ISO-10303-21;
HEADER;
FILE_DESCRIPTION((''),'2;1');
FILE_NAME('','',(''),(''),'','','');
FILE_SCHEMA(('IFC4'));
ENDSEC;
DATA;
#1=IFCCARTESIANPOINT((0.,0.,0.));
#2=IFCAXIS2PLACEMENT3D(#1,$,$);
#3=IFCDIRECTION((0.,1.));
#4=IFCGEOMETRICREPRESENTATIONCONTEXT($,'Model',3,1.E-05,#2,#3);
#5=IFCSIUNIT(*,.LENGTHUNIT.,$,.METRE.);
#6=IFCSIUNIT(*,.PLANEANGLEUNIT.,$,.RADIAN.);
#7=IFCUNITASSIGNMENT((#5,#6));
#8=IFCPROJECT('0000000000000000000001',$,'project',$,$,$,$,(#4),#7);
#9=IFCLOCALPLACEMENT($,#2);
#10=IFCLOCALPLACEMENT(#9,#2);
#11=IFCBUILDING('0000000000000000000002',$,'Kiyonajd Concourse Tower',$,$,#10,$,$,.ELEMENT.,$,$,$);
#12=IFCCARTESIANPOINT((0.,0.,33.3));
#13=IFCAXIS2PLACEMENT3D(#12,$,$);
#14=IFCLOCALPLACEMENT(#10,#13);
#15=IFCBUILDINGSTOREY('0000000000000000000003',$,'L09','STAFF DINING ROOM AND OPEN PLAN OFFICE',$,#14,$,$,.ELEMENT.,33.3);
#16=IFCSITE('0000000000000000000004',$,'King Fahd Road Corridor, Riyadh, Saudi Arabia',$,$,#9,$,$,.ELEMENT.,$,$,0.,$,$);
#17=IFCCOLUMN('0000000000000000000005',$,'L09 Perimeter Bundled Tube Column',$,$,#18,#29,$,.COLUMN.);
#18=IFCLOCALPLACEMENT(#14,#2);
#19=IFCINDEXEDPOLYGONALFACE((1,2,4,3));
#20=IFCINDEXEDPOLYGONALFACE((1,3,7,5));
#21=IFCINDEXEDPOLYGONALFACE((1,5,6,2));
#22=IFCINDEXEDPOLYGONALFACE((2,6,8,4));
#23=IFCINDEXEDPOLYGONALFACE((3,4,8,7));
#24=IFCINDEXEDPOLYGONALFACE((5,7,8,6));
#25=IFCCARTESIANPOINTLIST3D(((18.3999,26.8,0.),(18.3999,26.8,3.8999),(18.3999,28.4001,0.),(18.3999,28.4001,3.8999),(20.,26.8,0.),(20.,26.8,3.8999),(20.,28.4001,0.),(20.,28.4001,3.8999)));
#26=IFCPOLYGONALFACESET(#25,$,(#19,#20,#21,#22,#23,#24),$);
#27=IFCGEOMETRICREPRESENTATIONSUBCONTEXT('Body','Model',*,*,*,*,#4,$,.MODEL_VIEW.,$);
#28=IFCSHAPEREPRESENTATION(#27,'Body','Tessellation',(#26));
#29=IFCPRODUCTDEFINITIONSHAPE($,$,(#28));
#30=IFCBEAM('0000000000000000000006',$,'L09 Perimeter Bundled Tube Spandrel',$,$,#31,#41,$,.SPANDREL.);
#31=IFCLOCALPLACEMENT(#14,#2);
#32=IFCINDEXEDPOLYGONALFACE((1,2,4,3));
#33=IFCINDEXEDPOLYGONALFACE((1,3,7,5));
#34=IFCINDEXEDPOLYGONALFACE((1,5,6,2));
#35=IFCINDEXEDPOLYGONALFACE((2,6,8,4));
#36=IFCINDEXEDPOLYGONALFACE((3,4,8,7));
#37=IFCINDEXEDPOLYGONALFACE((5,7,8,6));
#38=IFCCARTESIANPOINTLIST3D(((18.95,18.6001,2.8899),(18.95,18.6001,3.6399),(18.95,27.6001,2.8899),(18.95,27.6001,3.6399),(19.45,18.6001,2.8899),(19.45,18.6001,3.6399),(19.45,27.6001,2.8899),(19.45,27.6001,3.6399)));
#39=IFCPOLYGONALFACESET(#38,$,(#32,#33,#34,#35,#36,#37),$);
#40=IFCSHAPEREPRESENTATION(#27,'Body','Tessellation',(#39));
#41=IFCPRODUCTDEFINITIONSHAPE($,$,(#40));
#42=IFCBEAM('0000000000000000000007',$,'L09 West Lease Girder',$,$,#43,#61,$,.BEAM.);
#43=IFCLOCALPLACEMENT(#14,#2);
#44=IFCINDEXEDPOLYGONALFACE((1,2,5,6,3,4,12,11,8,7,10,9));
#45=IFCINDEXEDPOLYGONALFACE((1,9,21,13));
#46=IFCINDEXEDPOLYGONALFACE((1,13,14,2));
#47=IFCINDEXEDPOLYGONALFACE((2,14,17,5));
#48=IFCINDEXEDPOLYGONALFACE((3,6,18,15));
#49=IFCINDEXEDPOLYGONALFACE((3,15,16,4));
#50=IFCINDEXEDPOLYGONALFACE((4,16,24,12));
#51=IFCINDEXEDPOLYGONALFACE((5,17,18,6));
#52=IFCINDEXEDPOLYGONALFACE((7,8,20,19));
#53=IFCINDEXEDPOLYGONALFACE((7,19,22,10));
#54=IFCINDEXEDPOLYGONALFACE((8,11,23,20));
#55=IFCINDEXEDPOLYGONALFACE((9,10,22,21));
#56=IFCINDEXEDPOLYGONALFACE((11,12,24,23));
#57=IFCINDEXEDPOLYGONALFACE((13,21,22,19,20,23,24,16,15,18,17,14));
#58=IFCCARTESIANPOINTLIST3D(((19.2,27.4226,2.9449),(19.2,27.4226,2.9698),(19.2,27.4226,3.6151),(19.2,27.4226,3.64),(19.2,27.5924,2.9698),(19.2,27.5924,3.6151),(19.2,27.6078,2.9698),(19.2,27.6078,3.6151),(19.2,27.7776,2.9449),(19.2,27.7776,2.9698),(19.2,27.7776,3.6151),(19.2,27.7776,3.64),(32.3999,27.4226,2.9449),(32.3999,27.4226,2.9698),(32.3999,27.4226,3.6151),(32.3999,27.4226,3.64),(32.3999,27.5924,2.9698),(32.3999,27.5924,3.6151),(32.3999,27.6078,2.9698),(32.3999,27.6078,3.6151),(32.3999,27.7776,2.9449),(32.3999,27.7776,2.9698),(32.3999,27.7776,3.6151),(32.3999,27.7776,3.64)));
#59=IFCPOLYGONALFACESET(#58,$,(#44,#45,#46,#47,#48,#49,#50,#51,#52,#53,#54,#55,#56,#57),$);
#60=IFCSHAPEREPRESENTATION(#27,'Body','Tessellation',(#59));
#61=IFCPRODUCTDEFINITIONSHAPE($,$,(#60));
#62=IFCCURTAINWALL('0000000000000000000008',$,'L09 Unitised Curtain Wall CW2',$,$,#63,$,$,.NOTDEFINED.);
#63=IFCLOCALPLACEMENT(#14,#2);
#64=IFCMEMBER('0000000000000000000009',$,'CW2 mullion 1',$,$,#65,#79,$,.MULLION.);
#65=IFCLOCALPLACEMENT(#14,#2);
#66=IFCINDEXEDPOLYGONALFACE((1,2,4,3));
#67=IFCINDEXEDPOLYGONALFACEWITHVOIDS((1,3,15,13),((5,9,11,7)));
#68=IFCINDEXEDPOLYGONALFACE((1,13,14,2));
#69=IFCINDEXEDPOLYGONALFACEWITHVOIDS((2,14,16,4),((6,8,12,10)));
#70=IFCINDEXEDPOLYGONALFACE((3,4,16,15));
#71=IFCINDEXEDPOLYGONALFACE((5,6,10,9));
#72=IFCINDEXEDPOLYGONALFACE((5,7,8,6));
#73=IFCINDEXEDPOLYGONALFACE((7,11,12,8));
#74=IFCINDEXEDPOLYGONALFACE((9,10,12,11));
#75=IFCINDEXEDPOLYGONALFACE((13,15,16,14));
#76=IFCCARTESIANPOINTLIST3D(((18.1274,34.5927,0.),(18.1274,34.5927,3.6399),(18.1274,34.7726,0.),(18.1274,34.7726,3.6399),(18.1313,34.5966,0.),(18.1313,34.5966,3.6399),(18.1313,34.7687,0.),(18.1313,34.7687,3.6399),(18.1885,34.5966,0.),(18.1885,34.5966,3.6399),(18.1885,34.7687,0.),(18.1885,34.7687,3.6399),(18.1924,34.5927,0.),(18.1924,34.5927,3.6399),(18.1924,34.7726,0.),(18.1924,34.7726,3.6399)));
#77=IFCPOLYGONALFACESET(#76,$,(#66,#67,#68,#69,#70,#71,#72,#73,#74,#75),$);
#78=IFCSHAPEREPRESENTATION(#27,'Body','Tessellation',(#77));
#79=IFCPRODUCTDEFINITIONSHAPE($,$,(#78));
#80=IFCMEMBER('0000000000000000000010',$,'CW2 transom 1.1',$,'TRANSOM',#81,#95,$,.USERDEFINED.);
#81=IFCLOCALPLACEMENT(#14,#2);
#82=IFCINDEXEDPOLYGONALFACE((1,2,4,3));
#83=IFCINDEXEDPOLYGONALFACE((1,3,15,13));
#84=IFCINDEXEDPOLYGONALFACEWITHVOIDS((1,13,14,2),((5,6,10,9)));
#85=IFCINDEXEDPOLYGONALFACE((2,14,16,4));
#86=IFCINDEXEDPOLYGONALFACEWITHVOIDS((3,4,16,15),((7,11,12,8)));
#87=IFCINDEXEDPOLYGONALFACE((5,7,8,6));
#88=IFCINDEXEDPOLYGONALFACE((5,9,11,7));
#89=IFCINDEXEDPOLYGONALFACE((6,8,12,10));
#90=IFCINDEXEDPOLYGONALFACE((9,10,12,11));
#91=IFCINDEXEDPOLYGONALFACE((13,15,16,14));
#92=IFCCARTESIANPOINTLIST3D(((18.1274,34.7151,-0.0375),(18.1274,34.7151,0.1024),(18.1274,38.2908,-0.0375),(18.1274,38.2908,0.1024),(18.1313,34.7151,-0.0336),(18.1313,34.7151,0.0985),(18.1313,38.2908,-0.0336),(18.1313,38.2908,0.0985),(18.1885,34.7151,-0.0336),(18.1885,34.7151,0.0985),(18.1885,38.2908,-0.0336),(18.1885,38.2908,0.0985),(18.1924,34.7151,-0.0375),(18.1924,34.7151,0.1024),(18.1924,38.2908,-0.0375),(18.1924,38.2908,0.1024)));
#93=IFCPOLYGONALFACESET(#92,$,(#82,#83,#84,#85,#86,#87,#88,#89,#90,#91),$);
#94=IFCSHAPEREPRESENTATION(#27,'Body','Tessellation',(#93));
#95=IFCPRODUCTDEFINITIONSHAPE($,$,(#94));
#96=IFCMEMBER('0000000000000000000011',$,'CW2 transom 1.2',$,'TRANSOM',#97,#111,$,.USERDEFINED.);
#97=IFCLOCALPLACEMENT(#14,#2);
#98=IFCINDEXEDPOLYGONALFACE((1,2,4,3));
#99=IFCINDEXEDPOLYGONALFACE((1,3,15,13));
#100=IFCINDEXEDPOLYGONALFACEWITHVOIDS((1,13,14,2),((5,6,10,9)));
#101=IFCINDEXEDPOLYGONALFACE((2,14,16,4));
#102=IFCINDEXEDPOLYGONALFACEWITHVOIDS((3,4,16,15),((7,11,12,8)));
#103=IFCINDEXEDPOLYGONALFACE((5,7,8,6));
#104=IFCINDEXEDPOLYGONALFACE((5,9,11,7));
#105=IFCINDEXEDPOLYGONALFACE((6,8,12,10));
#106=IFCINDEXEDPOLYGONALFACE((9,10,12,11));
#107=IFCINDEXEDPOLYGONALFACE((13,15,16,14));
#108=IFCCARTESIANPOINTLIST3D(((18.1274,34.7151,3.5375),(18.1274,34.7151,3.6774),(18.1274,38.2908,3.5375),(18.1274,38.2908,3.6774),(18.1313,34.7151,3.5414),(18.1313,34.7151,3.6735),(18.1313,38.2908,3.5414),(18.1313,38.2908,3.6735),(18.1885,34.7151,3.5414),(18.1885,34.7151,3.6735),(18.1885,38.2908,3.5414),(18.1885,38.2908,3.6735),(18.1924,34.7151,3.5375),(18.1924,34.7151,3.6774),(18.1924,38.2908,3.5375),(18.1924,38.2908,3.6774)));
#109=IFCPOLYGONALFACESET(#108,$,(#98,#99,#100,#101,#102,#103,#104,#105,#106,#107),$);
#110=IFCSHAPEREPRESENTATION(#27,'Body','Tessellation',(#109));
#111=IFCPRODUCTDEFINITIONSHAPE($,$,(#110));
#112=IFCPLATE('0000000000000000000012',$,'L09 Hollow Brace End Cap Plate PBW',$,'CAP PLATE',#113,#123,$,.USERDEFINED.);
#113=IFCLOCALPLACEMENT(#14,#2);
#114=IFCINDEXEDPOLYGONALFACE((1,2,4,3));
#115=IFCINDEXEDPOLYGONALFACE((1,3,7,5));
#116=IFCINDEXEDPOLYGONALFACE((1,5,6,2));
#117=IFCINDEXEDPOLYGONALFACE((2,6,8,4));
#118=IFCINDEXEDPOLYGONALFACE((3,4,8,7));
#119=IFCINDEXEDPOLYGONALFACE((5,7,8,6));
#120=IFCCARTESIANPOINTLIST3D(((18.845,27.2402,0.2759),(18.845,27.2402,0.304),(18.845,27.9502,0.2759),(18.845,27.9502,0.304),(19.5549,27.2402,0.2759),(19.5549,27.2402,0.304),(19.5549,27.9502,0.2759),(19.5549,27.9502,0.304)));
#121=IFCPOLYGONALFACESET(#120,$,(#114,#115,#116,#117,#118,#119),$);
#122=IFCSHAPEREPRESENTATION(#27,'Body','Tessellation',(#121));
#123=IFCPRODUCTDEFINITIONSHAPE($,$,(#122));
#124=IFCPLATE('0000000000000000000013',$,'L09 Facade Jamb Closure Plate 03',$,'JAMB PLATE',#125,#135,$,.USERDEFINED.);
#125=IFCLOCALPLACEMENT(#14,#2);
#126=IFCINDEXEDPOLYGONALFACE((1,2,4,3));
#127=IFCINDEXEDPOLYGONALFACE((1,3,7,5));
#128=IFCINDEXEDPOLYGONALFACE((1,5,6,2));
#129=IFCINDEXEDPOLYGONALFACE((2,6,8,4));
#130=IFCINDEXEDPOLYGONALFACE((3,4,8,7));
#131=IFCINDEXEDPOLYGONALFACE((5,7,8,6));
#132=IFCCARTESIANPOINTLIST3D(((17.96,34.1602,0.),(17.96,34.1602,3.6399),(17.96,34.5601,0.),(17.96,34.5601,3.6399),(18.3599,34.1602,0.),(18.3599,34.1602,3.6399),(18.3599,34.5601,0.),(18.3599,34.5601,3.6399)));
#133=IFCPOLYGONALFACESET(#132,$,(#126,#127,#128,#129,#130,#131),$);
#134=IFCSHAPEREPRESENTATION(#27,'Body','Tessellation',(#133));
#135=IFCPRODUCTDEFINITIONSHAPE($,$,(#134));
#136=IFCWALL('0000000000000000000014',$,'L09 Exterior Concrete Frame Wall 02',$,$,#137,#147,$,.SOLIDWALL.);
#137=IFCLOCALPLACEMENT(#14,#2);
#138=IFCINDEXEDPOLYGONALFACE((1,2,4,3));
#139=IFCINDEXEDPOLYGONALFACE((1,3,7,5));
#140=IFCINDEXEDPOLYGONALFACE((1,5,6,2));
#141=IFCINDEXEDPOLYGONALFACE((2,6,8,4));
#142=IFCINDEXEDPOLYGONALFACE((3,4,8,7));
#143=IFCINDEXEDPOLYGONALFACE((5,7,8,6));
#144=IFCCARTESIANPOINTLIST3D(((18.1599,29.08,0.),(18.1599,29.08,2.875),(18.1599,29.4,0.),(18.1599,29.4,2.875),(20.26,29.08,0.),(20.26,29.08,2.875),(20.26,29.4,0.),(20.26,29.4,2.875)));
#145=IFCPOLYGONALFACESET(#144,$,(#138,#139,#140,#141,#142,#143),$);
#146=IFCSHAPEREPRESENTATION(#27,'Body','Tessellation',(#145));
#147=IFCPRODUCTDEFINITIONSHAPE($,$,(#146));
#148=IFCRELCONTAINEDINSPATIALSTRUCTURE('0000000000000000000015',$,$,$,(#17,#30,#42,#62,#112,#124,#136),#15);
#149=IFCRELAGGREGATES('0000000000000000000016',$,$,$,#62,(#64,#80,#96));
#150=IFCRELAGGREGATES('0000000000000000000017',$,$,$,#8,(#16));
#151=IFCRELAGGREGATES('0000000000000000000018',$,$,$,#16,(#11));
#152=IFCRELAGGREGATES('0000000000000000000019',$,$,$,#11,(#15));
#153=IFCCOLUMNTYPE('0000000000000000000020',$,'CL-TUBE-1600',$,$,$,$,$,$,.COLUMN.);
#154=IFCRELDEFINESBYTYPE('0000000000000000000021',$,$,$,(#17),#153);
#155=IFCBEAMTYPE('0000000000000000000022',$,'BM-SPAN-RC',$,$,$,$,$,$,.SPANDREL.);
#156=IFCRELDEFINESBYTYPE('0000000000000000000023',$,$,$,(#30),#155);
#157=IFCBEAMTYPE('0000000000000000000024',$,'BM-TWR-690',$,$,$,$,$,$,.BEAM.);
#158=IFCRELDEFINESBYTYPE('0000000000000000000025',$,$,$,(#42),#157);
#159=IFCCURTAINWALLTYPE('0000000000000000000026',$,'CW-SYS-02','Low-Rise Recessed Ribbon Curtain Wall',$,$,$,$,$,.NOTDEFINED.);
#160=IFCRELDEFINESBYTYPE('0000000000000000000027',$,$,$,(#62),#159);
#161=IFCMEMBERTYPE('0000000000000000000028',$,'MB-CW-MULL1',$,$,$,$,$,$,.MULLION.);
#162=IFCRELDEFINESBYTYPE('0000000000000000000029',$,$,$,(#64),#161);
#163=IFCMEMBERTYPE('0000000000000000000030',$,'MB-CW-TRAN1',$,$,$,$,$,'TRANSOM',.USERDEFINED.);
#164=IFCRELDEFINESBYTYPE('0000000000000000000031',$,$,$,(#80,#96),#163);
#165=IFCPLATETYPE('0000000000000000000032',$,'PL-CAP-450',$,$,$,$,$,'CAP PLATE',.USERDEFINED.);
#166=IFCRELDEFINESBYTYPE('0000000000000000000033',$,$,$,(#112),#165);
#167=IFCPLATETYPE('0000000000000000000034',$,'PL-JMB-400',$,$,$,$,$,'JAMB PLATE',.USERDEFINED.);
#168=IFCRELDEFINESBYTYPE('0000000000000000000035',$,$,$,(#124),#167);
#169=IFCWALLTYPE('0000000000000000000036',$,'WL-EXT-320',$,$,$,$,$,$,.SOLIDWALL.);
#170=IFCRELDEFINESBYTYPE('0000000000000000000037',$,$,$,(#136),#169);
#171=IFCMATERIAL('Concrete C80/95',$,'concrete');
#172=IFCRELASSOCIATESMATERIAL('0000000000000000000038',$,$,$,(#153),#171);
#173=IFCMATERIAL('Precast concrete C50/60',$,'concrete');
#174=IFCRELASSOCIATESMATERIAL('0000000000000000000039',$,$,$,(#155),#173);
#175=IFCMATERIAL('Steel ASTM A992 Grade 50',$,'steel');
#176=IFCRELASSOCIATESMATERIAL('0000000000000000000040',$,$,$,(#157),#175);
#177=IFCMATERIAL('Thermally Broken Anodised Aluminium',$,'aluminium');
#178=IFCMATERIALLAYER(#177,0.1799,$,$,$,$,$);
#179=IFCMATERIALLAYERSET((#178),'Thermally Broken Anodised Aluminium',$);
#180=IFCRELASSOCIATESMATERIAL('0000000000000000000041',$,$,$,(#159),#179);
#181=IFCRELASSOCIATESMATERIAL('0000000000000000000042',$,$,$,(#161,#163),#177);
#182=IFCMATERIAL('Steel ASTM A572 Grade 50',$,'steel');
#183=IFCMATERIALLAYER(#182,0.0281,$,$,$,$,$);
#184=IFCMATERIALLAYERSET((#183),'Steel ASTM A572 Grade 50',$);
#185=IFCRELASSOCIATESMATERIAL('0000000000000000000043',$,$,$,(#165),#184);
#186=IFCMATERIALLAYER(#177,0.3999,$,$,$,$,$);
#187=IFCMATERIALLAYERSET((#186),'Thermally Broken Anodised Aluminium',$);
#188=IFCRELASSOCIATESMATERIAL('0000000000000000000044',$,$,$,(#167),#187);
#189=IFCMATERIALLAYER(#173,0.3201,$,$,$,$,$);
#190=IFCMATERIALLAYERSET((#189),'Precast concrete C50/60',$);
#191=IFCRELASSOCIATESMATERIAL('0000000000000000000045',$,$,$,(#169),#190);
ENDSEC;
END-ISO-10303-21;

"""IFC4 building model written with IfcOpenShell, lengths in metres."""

from ifc_helpers import new_model, si_unit, direction, frame, frame_2d, origin, origin_2d, place, context, subcontext, project, spatial, rectangle, hollow_rectangle, i_section, extrude, material, layer, layer_set, material_profile, profile_set, type_object, element, aggregate, save


model = new_model("IFC4")

# Units and contexts
model_context = context("Model", 3, precision=1e-05, world=origin(), true_north=direction((0.0, 1.0)))
body_context = subcontext(model_context, "Body", "Model", "MODEL_VIEW")
ifc_project = project(units=[si_unit("LENGTHUNIT", "METRE"), si_unit("PLANEANGLEUNIT", "RADIAN")], contexts=[model_context])

# Site, building, storey
site_placement = place(None, origin())
site = spatial("IfcSite", under=ifc_project, at=site_placement, Name="King Fahd Road Corridor, Riyadh, Saudi Arabia", CompositionType="ELEMENT", RefElevation=0.0)
building_placement = place(site_placement, origin())
building = spatial("IfcBuilding", under=site, at=building_placement, Name="Kiyonajd Concourse Tower", CompositionType="ELEMENT")
storey_placement = place(building_placement, frame((0.0, 0.0, 33.3)))
storey = spatial("IfcBuildingStorey", under=building, at=storey_placement, Name="L09", Description="STAFF DINING ROOM AND OPEN PLAN OFFICE", CompositionType="ELEMENT", Elevation=33.3)

# Column
ifc_material_1 = material(Name="Concrete C80/95", Category="concrete")
ifc_material_profile_1 = material_profile(ifc_material_1, rectangle(XDim=1.6001, YDim=1.6001, at=origin_2d()), Name="RC-1600x1600")
ifc_profile_set_1 = profile_set([ifc_material_profile_1], Name="Concrete C80/95")
column_type = type_object("IfcColumnType", Name="CL-TUBE-1600", PredefinedType="COLUMN", material=ifc_profile_set_1)
column_placement = place(storey_placement, frame((19.2, 27.6001, 0.0), z_axis=(0.0, 0.0, 1.0), x_axis=(1.0, 0.0, 0.0)))
element("IfcColumn", 1, at=column_placement, inside=storey, type_object=column_type, Name="L09 Perimeter Bundled Tube Column", PredefinedType="COLUMN", context=body_context, shape_type="SweptSolid", body=[
    extrude(rectangle(XDim=1.6001, YDim=1.6001, at=origin_2d()), origin(), (0.0, 0.0, 1.0), 3.8999),
])

# Beams
ifc_material_2 = material(Name="Precast concrete C50/60", Category="concrete")
ifc_material_profile_2 = material_profile(ifc_material_2, rectangle(XDim=0.5, YDim=0.75, at=origin_2d()), Name="RCBM-500x750")
ifc_profile_set_2 = profile_set([ifc_material_profile_2], Name="Precast concrete C50/60")
beam_type_1 = type_object("IfcBeamType", Name="BM-SPAN-RC", PredefinedType="SPANDREL", material=ifc_profile_set_2)
beam_1_placement = place(storey_placement, frame((19.2, 27.6001, 3.2649), z_axis=(0.0, -1.0, 0.0), x_axis=(1.0, 0.0, 0.0)))
element("IfcBeam", 2, at=beam_1_placement, inside=storey, type_object=beam_type_1, Name="L09 Perimeter Bundled Tube Spandrel", PredefinedType="SPANDREL", context=body_context, shape_type="SweptSolid", body=[
    extrude(rectangle(XDim=0.5, YDim=0.75, at=origin_2d()), origin(), (0.0, 0.0, 1.0), 9.0),
])
ifc_material_3 = material(Name="Steel ASTM A992 Grade 50", Category="steel")
ifc_material_profile_3 = material_profile(ifc_material_3, i_section(OverallWidth=0.355, OverallDepth=0.6951, WebThickness=0.0154, FlangeThickness=0.0249, at=origin_2d()), Name="W690X217")
ifc_profile_set_3 = profile_set([ifc_material_profile_3], Name="Steel ASTM A992 Grade 50")
beam_type_2 = type_object("IfcBeamType", Name="BM-TWR-690", PredefinedType="BEAM", material=ifc_profile_set_3)
beam_2_placement = place(storey_placement, frame((19.2, 27.6001, 3.2925), z_axis=(1.0, 0.0, 0.0), x_axis=(0.0, 1.0, 0.0)))
element("IfcBeam", 3, at=beam_2_placement, inside=storey, type_object=beam_type_2, Name="L09 West Lease Girder", PredefinedType="BEAM", context=body_context, shape_type="SweptSolid", body=[
    extrude(i_section(OverallWidth=0.355, OverallDepth=0.6951, WebThickness=0.0154, FlangeThickness=0.0249, at=origin_2d()), origin(), (0.0, 0.0, 1.0), 13.2),
])

# Curtain wall, members
ifc_material_4 = material(Name="Thermally Broken Anodised Aluminium", Category="aluminium")
ifc_layer_1 = layer(ifc_material_4, 0.1799)
ifc_layer_set_1 = layer_set([ifc_layer_1], Name="Thermally Broken Anodised Aluminium")
curtain_wall_type = type_object("IfcCurtainWallType", Name="CW-SYS-02", Description="Low-Rise Recessed Ribbon Curtain Wall", PredefinedType="NOTDEFINED", material=ifc_layer_set_1)
curtain_wall_placement = place(storey_placement, origin())
curtain_wall = element("IfcCurtainWall", 4, at=curtain_wall_placement, inside=storey, type_object=curtain_wall_type, Name="L09 Unitised Curtain Wall CW2", PredefinedType="NOTDEFINED")
ifc_material_profile_4 = material_profile(ifc_material_4, hollow_rectangle(XDim=0.0649, YDim=0.1799, WallThickness=0.0039, at=origin_2d()), Name="MULL-65x180")
ifc_profile_set_4 = profile_set([ifc_material_profile_4], Name="Thermally Broken Anodised Aluminium")
member_type_1 = type_object("IfcMemberType", Name="MB-CW-MULL1", PredefinedType="MULLION", material=ifc_profile_set_4)
member_1_placement = place(storey_placement, frame((18.1599, 34.6826, 0.0), z_axis=(0.0, 0.0, 1.0), x_axis=(-1.0, 0.0, 0.0)))
member_1 = element("IfcMember", 5, at=member_1_placement, type_object=member_type_1, Name="CW2 mullion 1", PredefinedType="MULLION", context=body_context, shape_type="SweptSolid", body=[
    extrude(hollow_rectangle(XDim=0.0649, YDim=0.1799, WallThickness=0.0039, at=origin_2d()), origin(), (0.0, 0.0, 1.0), 3.6399),
])
ifc_material_profile_5 = material_profile(ifc_material_4, hollow_rectangle(XDim=0.0649, YDim=0.1399, WallThickness=0.0039, at=origin_2d()), Name="TRAN-65x140")
ifc_profile_set_5 = profile_set([ifc_material_profile_5], Name="Thermally Broken Anodised Aluminium")
member_type_2 = type_object("IfcMemberType", Name="MB-CW-TRAN1", ElementType="TRANSOM", PredefinedType="USERDEFINED", material=ifc_profile_set_5)
member_2_placement = place(storey_placement, frame((18.1599, 34.7151, 0.0325), z_axis=(0.0, 1.0, 0.0), x_axis=(-1.0, 0.0, 0.0)))
member_2 = element("IfcMember", 6, at=member_2_placement, type_object=member_type_2, Name="CW2 transom 1.1", ObjectType="TRANSOM", PredefinedType="USERDEFINED", context=body_context, shape_type="SweptSolid", body=[
    extrude(hollow_rectangle(XDim=0.0649, YDim=0.1399, WallThickness=0.0039, at=origin_2d()), origin(), (0.0, 0.0, 1.0), 3.5757),
])
member_3_placement = place(storey_placement, frame((18.1599, 34.7151, 3.6074), z_axis=(0.0, 1.0, 0.0), x_axis=(-1.0, 0.0, 0.0)))
member_3 = element("IfcMember", 7, at=member_3_placement, type_object=member_type_2, Name="CW2 transom 1.2", ObjectType="TRANSOM", PredefinedType="USERDEFINED", context=body_context, shape_type="SweptSolid", body=[
    extrude(hollow_rectangle(XDim=0.0649, YDim=0.1399, WallThickness=0.0039, at=origin_2d()), origin(), (0.0, 0.0, 1.0), 3.5757),
])
aggregate(curtain_wall, [member_1, member_2, member_3])

# Plates
ifc_material_5 = material(Name="Steel ASTM A572 Grade 50", Category="steel")
ifc_layer_2 = layer(ifc_material_5, 0.0281)
ifc_layer_set_2 = layer_set([ifc_layer_2], Name="Steel ASTM A572 Grade 50")
plate_type_1 = type_object("IfcPlateType", Name="PL-CAP-450", ElementType="CAP PLATE", PredefinedType="USERDEFINED", material=ifc_layer_set_2)
plate_1_placement = place(storey_placement, frame((19.2, 27.5952, 0.2759), z_axis=(0.0, 0.0, 1.0), x_axis=(1.0, 0.0, 0.0)))
element("IfcPlate", 8, at=plate_1_placement, inside=storey, type_object=plate_type_1, Name="L09 Hollow Brace End Cap Plate PBW", ObjectType="CAP PLATE", PredefinedType="USERDEFINED", context=body_context, shape_type="SweptSolid", body=[
    extrude(rectangle(XDim=0.71, YDim=0.71, at=origin_2d()), origin(), (0.0, 0.0, 1.0), 0.0281),
])
ifc_layer_3 = layer(ifc_material_4, 0.3999)
ifc_layer_set_3 = layer_set([ifc_layer_3], Name="Thermally Broken Anodised Aluminium")
plate_type_2 = type_object("IfcPlateType", Name="PL-JMB-400", ElementType="JAMB PLATE", PredefinedType="USERDEFINED", material=ifc_layer_set_3)
plate_2_placement = place(storey_placement, frame((18.1599, 34.3601, 0.0), z_axis=(0.0, 0.0, 1.0), x_axis=(1.0, 0.0, 0.0)))
element("IfcPlate", 9, at=plate_2_placement, inside=storey, type_object=plate_type_2, Name="L09 Facade Jamb Closure Plate 03", ObjectType="JAMB PLATE", PredefinedType="USERDEFINED", context=body_context, shape_type="SweptSolid", body=[
    extrude(rectangle(XDim=0.3999, YDim=0.3999, at=origin_2d()), origin(), (0.0, 0.0, 1.0), 3.6399),
])

# Wall
ifc_layer_4 = layer(ifc_material_2, 0.3201)
ifc_layer_set_4 = layer_set([ifc_layer_4], Name="Precast concrete C50/60")
wall_type = type_object("IfcWallType", Name="WL-EXT-320", PredefinedType="SOLIDWALL", material=ifc_layer_set_4)
wall_placement = place(storey_placement, frame((18.1599, 29.24, 0.0), z_axis=(0.0, 0.0, 1.0), x_axis=(1.0, 0.0, 0.0)))
element("IfcWall", 10, at=wall_placement, inside=storey, type_object=wall_type, Name="L09 Exterior Concrete Frame Wall 02", PredefinedType="SOLIDWALL", context=body_context, shape_type="SweptSolid", body=[
    extrude(rectangle(XDim=2.1001, YDim=0.3201, at=frame_2d((1.05, 0.0))), origin(), (0.0, 0.0, 1.0), 2.875),
])

save(model, "model.ifc")
